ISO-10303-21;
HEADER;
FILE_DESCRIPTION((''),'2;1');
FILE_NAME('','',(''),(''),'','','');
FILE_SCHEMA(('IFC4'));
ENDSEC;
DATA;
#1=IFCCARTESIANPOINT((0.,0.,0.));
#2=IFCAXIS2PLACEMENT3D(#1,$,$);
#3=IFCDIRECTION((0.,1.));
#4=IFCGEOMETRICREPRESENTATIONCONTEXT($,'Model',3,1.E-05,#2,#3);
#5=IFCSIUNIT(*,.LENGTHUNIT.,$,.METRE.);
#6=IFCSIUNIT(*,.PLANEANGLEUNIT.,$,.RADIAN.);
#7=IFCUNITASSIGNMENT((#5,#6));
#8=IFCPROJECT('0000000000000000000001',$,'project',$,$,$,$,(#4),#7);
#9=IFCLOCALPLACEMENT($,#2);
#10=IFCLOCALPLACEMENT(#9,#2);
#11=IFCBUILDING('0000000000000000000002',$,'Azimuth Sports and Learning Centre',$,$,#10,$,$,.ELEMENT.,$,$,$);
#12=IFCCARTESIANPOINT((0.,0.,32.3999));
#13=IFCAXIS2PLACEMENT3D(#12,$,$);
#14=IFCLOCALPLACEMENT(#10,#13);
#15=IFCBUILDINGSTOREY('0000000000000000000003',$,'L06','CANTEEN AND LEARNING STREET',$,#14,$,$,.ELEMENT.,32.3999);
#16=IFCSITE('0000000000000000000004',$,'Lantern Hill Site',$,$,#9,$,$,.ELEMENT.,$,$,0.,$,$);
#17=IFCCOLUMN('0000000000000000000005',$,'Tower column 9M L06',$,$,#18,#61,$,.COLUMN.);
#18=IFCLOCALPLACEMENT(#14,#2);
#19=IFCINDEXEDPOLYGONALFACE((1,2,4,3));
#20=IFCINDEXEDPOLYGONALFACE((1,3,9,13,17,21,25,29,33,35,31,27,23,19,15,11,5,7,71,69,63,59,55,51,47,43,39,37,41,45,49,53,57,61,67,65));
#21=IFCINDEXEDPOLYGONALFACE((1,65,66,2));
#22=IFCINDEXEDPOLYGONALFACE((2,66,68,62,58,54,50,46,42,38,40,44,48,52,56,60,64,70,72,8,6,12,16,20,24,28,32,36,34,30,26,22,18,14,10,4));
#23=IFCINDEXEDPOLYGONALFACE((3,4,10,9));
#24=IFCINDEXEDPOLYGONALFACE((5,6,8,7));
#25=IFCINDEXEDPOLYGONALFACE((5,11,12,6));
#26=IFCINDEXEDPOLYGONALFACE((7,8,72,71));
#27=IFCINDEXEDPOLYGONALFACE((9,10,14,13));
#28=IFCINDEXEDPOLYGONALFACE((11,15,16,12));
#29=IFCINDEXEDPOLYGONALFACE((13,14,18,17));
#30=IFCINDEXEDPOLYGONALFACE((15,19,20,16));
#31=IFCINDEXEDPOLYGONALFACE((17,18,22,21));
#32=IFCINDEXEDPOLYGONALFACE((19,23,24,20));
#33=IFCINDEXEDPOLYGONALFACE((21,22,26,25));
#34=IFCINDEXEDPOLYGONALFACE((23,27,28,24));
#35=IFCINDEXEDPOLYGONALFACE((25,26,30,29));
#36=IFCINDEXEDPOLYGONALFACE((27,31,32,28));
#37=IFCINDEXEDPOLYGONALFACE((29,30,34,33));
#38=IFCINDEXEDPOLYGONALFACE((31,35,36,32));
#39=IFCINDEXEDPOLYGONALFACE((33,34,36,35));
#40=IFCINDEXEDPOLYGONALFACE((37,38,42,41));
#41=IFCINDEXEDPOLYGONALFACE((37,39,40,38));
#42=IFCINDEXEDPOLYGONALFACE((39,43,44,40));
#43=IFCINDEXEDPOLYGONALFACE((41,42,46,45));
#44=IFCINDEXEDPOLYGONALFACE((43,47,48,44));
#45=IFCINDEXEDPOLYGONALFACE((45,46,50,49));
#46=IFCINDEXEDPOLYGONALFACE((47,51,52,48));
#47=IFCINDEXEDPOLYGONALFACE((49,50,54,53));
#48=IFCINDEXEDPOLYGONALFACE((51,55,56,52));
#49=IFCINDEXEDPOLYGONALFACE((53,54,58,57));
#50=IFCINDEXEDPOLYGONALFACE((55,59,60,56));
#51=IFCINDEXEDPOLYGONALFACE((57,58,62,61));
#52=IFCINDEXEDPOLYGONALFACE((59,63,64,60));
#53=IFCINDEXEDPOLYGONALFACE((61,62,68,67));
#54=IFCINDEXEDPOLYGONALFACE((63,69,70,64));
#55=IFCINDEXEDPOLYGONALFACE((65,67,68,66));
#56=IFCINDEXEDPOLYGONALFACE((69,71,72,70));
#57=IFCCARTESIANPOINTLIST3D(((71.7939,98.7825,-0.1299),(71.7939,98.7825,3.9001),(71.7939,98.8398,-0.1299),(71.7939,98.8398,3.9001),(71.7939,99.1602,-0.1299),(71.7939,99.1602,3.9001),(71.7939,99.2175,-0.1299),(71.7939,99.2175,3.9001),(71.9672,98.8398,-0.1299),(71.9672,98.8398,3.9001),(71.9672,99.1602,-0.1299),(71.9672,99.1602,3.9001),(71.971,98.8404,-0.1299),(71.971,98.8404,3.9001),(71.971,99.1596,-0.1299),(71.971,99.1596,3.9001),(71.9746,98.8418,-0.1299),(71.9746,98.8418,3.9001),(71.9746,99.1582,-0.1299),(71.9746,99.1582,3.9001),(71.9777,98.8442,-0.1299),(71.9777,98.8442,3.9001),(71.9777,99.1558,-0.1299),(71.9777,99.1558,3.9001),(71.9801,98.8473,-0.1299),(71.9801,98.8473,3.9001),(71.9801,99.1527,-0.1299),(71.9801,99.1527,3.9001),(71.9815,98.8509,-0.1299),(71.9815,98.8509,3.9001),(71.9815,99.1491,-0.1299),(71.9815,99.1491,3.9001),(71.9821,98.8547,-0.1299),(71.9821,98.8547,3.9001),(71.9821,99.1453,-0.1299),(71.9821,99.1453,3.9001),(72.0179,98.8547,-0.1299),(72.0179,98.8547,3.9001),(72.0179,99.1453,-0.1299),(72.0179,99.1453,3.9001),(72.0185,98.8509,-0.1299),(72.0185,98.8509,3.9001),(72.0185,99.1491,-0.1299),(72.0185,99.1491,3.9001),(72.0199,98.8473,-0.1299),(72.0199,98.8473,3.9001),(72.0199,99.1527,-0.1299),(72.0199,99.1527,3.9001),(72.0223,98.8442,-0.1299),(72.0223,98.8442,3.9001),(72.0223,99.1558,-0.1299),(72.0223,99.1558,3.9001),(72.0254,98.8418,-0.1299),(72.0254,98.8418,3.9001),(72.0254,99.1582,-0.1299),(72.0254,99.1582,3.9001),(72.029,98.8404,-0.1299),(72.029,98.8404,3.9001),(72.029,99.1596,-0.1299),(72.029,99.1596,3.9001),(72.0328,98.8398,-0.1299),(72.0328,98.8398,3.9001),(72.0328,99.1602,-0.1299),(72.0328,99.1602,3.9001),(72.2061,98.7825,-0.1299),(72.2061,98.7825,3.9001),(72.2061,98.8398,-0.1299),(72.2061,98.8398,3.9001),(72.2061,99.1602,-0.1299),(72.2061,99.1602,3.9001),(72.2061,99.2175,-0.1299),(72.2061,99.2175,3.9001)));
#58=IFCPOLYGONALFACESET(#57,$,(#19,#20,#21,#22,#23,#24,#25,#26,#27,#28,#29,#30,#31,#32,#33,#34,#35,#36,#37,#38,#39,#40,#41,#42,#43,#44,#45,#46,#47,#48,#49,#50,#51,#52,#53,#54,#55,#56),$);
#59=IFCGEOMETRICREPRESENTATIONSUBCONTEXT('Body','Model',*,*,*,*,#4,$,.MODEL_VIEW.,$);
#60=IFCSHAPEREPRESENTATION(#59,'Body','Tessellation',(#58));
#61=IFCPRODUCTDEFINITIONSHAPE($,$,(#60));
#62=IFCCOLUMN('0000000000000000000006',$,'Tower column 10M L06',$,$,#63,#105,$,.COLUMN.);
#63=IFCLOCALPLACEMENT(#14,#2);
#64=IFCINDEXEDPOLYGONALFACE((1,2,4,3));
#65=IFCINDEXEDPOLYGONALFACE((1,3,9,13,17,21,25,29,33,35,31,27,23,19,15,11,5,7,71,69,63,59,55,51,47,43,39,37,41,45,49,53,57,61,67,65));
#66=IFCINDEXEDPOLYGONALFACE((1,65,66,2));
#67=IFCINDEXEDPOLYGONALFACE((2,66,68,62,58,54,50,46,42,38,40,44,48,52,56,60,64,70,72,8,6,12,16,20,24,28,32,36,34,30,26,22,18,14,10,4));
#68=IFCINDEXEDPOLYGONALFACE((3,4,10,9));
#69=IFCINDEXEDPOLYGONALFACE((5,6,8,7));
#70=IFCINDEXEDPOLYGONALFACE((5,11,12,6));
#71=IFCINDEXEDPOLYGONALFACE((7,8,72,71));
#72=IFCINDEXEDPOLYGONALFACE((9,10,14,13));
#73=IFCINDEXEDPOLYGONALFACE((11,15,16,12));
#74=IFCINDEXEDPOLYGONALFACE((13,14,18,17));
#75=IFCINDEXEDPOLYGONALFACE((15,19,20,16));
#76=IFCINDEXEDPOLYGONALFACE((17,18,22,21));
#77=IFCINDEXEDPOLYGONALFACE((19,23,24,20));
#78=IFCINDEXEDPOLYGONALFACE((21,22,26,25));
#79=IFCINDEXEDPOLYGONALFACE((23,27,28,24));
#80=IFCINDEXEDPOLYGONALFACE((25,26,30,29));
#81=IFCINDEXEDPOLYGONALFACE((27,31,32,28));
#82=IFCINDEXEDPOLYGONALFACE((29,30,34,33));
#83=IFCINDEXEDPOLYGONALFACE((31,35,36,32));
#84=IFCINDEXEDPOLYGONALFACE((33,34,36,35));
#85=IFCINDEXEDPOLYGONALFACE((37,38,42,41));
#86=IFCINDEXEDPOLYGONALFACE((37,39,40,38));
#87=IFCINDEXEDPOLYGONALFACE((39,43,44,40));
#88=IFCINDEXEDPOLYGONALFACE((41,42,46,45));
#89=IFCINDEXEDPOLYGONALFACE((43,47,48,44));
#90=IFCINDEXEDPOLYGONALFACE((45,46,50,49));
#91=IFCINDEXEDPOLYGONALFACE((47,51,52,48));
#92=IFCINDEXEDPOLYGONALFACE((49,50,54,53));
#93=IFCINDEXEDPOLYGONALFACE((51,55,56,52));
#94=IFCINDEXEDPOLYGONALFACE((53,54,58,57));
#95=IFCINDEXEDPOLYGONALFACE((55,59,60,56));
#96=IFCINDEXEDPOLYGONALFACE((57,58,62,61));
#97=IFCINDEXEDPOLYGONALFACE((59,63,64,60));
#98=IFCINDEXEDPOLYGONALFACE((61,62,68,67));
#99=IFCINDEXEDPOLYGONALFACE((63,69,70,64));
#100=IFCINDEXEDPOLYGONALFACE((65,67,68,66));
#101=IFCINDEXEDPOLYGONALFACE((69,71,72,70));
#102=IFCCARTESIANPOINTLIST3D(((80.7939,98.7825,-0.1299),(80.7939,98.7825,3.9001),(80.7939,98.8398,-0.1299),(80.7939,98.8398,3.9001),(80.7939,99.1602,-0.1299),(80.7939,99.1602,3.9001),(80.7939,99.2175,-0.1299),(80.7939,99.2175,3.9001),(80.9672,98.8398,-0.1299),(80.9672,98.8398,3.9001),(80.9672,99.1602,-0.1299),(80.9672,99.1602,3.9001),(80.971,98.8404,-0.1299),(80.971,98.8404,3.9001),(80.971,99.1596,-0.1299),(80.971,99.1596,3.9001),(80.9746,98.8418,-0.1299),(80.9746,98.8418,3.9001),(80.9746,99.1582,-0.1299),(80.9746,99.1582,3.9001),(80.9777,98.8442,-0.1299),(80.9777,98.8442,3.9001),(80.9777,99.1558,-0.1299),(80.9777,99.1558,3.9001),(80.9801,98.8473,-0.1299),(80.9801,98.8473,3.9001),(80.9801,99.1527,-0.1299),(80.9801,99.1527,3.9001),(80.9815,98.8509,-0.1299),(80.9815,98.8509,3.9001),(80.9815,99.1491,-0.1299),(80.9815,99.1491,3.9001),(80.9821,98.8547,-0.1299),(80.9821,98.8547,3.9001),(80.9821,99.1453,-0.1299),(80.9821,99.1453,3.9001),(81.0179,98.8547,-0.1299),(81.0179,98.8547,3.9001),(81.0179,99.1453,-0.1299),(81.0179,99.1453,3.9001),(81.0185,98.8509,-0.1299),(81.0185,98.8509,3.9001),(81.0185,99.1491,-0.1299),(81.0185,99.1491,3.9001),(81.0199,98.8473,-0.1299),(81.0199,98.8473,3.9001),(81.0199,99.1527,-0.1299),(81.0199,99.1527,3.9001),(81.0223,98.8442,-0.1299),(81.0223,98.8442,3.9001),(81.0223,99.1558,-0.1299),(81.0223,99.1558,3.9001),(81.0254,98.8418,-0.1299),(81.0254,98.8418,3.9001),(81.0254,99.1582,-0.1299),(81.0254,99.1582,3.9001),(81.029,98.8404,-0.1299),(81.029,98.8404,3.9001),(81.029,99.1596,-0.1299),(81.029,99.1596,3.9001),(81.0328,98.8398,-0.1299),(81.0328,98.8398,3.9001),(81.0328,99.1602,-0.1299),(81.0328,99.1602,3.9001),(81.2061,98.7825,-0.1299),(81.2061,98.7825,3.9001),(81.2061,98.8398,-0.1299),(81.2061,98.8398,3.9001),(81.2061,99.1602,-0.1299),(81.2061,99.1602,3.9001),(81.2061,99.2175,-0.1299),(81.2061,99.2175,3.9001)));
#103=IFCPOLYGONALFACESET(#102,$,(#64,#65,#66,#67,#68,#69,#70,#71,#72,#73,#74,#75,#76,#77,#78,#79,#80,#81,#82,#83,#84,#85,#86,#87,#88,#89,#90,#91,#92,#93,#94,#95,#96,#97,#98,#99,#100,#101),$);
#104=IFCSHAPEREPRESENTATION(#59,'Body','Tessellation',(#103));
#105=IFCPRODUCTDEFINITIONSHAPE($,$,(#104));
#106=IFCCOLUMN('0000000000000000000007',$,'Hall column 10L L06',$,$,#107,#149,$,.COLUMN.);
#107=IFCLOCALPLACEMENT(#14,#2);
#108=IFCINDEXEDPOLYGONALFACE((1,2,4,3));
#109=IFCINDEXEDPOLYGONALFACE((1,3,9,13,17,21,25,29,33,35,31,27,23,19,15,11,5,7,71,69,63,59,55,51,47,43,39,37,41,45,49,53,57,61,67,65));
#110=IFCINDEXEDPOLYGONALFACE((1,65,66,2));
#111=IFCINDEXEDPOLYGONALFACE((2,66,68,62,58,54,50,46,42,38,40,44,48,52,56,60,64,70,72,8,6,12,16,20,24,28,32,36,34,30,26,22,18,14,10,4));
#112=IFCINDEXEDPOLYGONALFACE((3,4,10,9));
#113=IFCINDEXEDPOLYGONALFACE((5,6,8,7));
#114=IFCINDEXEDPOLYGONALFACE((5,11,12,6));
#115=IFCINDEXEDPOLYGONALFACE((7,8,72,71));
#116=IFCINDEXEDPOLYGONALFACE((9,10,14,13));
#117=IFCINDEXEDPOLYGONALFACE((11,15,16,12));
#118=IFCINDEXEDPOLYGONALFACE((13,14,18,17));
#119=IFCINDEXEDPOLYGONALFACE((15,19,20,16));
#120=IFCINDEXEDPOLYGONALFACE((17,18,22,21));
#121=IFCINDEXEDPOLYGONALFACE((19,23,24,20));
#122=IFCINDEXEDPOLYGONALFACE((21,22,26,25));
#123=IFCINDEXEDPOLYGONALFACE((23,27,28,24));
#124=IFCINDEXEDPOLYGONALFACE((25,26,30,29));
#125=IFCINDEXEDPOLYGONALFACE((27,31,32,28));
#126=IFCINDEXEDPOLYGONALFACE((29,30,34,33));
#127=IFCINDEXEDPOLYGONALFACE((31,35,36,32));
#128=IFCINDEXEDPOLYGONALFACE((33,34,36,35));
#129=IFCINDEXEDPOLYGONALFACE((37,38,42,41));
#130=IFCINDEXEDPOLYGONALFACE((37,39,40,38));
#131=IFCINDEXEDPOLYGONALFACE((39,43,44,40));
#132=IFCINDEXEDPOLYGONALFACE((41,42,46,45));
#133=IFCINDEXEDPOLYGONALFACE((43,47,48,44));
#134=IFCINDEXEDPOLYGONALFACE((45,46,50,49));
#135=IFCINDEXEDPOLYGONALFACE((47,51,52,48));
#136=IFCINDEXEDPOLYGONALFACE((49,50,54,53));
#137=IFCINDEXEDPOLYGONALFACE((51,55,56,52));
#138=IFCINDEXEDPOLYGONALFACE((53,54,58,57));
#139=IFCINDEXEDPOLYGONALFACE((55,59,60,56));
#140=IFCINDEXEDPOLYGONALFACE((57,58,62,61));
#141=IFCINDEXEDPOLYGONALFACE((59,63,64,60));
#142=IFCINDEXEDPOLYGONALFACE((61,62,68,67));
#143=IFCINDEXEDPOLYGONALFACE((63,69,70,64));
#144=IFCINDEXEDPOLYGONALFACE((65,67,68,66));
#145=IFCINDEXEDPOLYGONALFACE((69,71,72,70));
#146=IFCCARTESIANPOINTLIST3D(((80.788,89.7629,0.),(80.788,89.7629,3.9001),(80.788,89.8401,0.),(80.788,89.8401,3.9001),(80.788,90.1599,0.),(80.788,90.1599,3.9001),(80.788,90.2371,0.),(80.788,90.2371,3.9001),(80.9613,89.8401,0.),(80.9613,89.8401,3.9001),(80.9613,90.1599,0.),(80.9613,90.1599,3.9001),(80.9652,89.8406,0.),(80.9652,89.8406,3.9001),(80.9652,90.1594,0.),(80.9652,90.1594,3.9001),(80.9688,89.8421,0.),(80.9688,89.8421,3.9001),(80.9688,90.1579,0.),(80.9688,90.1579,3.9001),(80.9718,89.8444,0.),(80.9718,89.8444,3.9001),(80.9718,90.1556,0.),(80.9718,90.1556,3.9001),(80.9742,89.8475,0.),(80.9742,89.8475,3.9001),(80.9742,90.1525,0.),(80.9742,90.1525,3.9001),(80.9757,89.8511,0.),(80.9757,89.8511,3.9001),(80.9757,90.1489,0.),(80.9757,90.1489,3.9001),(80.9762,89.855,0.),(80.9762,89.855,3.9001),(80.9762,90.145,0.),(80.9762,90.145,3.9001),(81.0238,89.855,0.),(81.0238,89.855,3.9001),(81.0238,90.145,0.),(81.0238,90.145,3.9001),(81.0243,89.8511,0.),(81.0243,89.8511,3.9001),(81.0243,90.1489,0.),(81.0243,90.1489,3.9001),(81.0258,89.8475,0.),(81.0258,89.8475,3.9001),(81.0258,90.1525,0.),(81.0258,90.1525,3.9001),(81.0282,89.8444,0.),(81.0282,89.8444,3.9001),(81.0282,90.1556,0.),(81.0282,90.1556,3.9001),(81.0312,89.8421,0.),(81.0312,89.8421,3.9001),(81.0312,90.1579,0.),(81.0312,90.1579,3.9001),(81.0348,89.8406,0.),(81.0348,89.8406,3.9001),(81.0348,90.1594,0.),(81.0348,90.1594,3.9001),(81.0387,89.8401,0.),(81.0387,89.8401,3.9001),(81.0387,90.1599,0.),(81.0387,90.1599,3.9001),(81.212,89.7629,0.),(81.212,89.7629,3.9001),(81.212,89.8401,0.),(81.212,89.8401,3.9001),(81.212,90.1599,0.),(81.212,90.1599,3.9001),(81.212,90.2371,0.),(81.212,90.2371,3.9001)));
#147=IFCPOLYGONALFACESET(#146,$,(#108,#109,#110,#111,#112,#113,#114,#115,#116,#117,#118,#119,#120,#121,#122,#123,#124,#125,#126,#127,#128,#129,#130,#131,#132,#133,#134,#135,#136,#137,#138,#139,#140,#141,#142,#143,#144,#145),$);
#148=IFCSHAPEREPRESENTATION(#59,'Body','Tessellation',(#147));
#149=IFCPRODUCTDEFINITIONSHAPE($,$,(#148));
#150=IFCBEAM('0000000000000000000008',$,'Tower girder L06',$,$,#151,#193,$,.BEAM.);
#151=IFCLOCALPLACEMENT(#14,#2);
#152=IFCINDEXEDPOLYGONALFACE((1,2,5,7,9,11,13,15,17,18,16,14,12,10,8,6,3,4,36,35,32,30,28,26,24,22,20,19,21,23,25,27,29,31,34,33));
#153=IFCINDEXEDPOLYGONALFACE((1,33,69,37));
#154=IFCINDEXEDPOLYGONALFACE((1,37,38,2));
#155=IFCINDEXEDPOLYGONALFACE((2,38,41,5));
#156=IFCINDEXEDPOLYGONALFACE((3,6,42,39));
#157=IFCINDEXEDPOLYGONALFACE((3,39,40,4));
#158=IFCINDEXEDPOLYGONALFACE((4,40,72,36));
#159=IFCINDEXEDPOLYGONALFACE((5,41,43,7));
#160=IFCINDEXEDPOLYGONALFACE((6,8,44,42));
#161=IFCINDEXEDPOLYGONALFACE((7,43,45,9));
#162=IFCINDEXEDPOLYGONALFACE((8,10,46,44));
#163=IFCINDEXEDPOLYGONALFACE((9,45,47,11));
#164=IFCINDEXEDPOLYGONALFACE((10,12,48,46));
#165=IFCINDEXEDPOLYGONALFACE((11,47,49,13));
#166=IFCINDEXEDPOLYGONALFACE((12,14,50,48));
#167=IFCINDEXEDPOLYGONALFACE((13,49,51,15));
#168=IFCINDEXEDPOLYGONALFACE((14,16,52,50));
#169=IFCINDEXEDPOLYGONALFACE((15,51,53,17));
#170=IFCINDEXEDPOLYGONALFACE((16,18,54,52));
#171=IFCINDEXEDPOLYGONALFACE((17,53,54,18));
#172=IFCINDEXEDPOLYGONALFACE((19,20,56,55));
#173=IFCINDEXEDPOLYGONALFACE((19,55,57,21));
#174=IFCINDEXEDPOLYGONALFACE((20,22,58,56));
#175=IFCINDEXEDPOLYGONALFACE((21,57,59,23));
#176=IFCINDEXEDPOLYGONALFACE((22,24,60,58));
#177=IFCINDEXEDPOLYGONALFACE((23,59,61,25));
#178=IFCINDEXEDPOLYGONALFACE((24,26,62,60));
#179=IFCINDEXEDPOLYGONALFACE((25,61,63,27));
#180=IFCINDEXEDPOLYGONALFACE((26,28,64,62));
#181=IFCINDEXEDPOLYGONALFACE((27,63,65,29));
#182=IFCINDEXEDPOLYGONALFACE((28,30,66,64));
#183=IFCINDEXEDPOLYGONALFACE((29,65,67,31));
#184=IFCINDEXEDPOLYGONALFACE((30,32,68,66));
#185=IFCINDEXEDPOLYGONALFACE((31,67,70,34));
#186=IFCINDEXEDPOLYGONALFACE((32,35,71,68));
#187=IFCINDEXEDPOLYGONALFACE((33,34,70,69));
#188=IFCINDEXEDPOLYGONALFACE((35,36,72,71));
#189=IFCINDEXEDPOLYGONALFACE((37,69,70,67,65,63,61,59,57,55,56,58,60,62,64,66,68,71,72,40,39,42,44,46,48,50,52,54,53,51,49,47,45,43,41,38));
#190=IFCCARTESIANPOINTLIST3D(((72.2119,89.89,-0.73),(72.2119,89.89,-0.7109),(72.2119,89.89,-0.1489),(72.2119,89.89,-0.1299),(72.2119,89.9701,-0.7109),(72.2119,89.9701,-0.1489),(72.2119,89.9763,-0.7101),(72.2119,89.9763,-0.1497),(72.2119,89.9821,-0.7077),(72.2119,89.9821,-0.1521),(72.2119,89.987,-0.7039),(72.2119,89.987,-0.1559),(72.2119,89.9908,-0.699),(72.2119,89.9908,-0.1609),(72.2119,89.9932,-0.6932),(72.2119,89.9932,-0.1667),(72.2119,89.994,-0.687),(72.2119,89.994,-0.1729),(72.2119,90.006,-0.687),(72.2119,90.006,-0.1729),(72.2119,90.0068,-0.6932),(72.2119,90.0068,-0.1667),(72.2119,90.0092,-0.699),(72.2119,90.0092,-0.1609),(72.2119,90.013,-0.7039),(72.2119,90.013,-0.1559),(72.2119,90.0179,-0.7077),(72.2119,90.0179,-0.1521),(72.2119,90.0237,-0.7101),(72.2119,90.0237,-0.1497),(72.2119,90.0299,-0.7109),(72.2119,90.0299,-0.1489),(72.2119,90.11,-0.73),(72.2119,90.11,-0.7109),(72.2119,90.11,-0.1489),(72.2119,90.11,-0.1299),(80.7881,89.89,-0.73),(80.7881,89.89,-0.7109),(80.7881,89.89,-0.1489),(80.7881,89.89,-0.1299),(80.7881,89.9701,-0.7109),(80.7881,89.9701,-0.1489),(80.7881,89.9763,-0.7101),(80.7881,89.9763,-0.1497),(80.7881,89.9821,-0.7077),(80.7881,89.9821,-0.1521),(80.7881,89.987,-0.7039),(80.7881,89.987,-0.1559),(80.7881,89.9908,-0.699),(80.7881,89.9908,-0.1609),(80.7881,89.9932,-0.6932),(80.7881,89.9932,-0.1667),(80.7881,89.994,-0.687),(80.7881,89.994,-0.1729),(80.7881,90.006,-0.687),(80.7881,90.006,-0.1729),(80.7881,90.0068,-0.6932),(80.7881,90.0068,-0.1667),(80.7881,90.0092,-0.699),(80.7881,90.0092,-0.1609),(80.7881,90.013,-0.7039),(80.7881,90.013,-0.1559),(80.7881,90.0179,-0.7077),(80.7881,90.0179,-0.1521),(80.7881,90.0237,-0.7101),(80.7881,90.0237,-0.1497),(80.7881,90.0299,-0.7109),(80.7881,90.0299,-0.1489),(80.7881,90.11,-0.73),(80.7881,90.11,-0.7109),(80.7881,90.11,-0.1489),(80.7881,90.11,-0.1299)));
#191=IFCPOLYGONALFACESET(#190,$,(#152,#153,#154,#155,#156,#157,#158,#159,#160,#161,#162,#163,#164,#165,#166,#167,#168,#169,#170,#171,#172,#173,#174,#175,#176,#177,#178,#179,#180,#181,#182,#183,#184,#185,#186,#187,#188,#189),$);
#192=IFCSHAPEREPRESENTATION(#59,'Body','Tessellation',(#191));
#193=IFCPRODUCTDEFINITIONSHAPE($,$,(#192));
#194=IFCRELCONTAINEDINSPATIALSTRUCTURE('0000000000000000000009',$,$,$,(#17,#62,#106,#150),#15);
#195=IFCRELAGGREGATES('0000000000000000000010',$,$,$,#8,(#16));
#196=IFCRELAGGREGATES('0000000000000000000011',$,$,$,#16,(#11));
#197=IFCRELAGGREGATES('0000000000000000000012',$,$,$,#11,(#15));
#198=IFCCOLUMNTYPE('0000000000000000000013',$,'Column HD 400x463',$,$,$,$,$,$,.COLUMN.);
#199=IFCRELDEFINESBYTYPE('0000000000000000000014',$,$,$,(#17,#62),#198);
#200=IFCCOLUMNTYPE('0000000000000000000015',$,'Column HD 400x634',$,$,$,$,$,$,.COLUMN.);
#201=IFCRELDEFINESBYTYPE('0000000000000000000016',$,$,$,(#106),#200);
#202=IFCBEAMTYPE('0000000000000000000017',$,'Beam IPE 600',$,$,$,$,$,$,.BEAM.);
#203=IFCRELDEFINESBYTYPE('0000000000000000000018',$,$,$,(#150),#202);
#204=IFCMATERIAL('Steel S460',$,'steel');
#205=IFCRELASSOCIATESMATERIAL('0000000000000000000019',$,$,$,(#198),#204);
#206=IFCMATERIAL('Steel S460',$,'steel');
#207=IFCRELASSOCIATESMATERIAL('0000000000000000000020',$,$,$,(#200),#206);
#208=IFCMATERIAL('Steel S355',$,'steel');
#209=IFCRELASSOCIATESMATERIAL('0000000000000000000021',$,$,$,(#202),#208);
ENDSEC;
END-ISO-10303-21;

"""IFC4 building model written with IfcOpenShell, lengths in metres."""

from ifc_helpers import new_model, si_unit, direction, frame, origin, origin_2d, place, context, subcontext, project, spatial, i_section, extrude, material, material_profile, profile_set, type_object, element, save


model = new_model("IFC4")

# Units and contexts
model_context = context("Model", 3, precision=1e-05, world=origin(), true_north=direction((0.0, 1.0)))
body_context = subcontext(model_context, "Body", "Model", "MODEL_VIEW")
ifc_project = project(units=[si_unit("LENGTHUNIT", "METRE"), si_unit("PLANEANGLEUNIT", "RADIAN")], contexts=[model_context])

# Site, building, storey
site_placement = place(None, origin())
site = spatial("IfcSite", under=ifc_project, at=site_placement, Name="Lantern Hill Site", CompositionType="ELEMENT", RefElevation=0.0)
building_placement = place(site_placement, origin())
building = spatial("IfcBuilding", under=site, at=building_placement, Name="Azimuth Sports and Learning Centre", CompositionType="ELEMENT")
storey_placement = place(building_placement, frame((0.0, 0.0, 32.3999)))
storey = spatial("IfcBuildingStorey", under=building, at=storey_placement, Name="L06", Description="CANTEEN AND LEARNING STREET", CompositionType="ELEMENT", Elevation=32.3999)

# Columns
ifc_material_1 = material(Name="Steel S460", Category="steel")
ifc_material_profile_1 = material_profile(ifc_material_1, i_section(OverallWidth=0.4121, OverallDepth=0.4351, WebThickness=0.0359, FlangeThickness=0.0574, FilletRadius=0.0149, at=origin_2d()), Name="HD 400x463")
ifc_profile_set_1 = profile_set([ifc_material_profile_1], Name="Steel S460")
column_type_1 = type_object("IfcColumnType", Name="Column HD 400x463", PredefinedType="COLUMN", material=ifc_profile_set_1)
for number, where, z_axis, x_axis, name in (
    (1, (72.0, 99.0, -0.1299), (0.0, 0.0, 1.0), (1.0, 0.0, 0.0), "Tower column 9M L06"),
    (2, (81.0, 99.0, -0.1299), (0.0, 0.0, 1.0), (1.0, 0.0, 0.0), "Tower column 10M L06"),
):
    element("IfcColumn", number, at=place(storey_placement, frame(where, z_axis=z_axis, x_axis=x_axis)), inside=storey, type_object=column_type_1, Name=name, PredefinedType="COLUMN", context=body_context, shape_type="SweptSolid", body=[
        extrude(i_section(OverallWidth=0.4121, OverallDepth=0.4351, WebThickness=0.0359, FlangeThickness=0.0574, FilletRadius=0.0149, at=origin_2d()), origin(), (0.0, 0.0, 1.0), 4.03),
    ])
ifc_material_2 = material(Name="Steel S460", Category="steel")
ifc_material_profile_2 = material_profile(ifc_material_2, i_section(OverallWidth=0.4241, OverallDepth=0.4741, WebThickness=0.0476, FlangeThickness=0.0771, FilletRadius=0.0149, at=origin_2d()), Name="HD 400x634")
ifc_profile_set_2 = profile_set([ifc_material_profile_2], Name="Steel S460")
column_type_2 = type_object("IfcColumnType", Name="Column HD 400x634", PredefinedType="COLUMN", material=ifc_profile_set_2)
column_placement = place(storey_placement, frame((81.0, 90.0, 0.0), z_axis=(0.0, 0.0, 1.0), x_axis=(1.0, 0.0, 0.0)))
element("IfcColumn", 3, at=column_placement, inside=storey, type_object=column_type_2, Name="Hall column 10L L06", PredefinedType="COLUMN", context=body_context, shape_type="SweptSolid", body=[
    extrude(i_section(OverallWidth=0.4241, OverallDepth=0.4741, WebThickness=0.0476, FlangeThickness=0.0771, FilletRadius=0.0149, at=origin_2d()), origin(), (0.0, 0.0, 1.0), 3.9001),
])

# Beam
ifc_material_3 = material(Name="Steel S355", Category="steel")
ifc_material_profile_3 = material_profile(ifc_material_3, i_section(OverallWidth=0.22, OverallDepth=0.6001, WebThickness=0.012, FlangeThickness=0.019, FilletRadius=0.0239, at=origin_2d()), Name="IPE 600")
ifc_profile_set_3 = profile_set([ifc_material_profile_3], Name="Steel S355")
beam_type_1 = type_object("IfcBeamType", Name="Beam IPE 600", PredefinedType="BEAM", material=ifc_profile_set_3)
for number, where, z_axis, x_axis, name in (
    (4, (72.2119, 90.0, -0.4299), (1.0, 0.0, 0.0), (0.0, 1.0, 0.0), "Tower girder L06"),
):
    element("IfcBeam", number, at=place(storey_placement, frame(where, z_axis=z_axis, x_axis=x_axis)), inside=storey, type_object=beam_type_1, Name=name, PredefinedType="BEAM", context=body_context, shape_type="SweptSolid", body=[
        extrude(i_section(OverallWidth=0.22, OverallDepth=0.6001, WebThickness=0.012, FlangeThickness=0.019, FilletRadius=0.0239, at=origin_2d()), origin(), (0.0, 0.0, 1.0), 8.5762),
    ])

save(model, "model.ifc")
